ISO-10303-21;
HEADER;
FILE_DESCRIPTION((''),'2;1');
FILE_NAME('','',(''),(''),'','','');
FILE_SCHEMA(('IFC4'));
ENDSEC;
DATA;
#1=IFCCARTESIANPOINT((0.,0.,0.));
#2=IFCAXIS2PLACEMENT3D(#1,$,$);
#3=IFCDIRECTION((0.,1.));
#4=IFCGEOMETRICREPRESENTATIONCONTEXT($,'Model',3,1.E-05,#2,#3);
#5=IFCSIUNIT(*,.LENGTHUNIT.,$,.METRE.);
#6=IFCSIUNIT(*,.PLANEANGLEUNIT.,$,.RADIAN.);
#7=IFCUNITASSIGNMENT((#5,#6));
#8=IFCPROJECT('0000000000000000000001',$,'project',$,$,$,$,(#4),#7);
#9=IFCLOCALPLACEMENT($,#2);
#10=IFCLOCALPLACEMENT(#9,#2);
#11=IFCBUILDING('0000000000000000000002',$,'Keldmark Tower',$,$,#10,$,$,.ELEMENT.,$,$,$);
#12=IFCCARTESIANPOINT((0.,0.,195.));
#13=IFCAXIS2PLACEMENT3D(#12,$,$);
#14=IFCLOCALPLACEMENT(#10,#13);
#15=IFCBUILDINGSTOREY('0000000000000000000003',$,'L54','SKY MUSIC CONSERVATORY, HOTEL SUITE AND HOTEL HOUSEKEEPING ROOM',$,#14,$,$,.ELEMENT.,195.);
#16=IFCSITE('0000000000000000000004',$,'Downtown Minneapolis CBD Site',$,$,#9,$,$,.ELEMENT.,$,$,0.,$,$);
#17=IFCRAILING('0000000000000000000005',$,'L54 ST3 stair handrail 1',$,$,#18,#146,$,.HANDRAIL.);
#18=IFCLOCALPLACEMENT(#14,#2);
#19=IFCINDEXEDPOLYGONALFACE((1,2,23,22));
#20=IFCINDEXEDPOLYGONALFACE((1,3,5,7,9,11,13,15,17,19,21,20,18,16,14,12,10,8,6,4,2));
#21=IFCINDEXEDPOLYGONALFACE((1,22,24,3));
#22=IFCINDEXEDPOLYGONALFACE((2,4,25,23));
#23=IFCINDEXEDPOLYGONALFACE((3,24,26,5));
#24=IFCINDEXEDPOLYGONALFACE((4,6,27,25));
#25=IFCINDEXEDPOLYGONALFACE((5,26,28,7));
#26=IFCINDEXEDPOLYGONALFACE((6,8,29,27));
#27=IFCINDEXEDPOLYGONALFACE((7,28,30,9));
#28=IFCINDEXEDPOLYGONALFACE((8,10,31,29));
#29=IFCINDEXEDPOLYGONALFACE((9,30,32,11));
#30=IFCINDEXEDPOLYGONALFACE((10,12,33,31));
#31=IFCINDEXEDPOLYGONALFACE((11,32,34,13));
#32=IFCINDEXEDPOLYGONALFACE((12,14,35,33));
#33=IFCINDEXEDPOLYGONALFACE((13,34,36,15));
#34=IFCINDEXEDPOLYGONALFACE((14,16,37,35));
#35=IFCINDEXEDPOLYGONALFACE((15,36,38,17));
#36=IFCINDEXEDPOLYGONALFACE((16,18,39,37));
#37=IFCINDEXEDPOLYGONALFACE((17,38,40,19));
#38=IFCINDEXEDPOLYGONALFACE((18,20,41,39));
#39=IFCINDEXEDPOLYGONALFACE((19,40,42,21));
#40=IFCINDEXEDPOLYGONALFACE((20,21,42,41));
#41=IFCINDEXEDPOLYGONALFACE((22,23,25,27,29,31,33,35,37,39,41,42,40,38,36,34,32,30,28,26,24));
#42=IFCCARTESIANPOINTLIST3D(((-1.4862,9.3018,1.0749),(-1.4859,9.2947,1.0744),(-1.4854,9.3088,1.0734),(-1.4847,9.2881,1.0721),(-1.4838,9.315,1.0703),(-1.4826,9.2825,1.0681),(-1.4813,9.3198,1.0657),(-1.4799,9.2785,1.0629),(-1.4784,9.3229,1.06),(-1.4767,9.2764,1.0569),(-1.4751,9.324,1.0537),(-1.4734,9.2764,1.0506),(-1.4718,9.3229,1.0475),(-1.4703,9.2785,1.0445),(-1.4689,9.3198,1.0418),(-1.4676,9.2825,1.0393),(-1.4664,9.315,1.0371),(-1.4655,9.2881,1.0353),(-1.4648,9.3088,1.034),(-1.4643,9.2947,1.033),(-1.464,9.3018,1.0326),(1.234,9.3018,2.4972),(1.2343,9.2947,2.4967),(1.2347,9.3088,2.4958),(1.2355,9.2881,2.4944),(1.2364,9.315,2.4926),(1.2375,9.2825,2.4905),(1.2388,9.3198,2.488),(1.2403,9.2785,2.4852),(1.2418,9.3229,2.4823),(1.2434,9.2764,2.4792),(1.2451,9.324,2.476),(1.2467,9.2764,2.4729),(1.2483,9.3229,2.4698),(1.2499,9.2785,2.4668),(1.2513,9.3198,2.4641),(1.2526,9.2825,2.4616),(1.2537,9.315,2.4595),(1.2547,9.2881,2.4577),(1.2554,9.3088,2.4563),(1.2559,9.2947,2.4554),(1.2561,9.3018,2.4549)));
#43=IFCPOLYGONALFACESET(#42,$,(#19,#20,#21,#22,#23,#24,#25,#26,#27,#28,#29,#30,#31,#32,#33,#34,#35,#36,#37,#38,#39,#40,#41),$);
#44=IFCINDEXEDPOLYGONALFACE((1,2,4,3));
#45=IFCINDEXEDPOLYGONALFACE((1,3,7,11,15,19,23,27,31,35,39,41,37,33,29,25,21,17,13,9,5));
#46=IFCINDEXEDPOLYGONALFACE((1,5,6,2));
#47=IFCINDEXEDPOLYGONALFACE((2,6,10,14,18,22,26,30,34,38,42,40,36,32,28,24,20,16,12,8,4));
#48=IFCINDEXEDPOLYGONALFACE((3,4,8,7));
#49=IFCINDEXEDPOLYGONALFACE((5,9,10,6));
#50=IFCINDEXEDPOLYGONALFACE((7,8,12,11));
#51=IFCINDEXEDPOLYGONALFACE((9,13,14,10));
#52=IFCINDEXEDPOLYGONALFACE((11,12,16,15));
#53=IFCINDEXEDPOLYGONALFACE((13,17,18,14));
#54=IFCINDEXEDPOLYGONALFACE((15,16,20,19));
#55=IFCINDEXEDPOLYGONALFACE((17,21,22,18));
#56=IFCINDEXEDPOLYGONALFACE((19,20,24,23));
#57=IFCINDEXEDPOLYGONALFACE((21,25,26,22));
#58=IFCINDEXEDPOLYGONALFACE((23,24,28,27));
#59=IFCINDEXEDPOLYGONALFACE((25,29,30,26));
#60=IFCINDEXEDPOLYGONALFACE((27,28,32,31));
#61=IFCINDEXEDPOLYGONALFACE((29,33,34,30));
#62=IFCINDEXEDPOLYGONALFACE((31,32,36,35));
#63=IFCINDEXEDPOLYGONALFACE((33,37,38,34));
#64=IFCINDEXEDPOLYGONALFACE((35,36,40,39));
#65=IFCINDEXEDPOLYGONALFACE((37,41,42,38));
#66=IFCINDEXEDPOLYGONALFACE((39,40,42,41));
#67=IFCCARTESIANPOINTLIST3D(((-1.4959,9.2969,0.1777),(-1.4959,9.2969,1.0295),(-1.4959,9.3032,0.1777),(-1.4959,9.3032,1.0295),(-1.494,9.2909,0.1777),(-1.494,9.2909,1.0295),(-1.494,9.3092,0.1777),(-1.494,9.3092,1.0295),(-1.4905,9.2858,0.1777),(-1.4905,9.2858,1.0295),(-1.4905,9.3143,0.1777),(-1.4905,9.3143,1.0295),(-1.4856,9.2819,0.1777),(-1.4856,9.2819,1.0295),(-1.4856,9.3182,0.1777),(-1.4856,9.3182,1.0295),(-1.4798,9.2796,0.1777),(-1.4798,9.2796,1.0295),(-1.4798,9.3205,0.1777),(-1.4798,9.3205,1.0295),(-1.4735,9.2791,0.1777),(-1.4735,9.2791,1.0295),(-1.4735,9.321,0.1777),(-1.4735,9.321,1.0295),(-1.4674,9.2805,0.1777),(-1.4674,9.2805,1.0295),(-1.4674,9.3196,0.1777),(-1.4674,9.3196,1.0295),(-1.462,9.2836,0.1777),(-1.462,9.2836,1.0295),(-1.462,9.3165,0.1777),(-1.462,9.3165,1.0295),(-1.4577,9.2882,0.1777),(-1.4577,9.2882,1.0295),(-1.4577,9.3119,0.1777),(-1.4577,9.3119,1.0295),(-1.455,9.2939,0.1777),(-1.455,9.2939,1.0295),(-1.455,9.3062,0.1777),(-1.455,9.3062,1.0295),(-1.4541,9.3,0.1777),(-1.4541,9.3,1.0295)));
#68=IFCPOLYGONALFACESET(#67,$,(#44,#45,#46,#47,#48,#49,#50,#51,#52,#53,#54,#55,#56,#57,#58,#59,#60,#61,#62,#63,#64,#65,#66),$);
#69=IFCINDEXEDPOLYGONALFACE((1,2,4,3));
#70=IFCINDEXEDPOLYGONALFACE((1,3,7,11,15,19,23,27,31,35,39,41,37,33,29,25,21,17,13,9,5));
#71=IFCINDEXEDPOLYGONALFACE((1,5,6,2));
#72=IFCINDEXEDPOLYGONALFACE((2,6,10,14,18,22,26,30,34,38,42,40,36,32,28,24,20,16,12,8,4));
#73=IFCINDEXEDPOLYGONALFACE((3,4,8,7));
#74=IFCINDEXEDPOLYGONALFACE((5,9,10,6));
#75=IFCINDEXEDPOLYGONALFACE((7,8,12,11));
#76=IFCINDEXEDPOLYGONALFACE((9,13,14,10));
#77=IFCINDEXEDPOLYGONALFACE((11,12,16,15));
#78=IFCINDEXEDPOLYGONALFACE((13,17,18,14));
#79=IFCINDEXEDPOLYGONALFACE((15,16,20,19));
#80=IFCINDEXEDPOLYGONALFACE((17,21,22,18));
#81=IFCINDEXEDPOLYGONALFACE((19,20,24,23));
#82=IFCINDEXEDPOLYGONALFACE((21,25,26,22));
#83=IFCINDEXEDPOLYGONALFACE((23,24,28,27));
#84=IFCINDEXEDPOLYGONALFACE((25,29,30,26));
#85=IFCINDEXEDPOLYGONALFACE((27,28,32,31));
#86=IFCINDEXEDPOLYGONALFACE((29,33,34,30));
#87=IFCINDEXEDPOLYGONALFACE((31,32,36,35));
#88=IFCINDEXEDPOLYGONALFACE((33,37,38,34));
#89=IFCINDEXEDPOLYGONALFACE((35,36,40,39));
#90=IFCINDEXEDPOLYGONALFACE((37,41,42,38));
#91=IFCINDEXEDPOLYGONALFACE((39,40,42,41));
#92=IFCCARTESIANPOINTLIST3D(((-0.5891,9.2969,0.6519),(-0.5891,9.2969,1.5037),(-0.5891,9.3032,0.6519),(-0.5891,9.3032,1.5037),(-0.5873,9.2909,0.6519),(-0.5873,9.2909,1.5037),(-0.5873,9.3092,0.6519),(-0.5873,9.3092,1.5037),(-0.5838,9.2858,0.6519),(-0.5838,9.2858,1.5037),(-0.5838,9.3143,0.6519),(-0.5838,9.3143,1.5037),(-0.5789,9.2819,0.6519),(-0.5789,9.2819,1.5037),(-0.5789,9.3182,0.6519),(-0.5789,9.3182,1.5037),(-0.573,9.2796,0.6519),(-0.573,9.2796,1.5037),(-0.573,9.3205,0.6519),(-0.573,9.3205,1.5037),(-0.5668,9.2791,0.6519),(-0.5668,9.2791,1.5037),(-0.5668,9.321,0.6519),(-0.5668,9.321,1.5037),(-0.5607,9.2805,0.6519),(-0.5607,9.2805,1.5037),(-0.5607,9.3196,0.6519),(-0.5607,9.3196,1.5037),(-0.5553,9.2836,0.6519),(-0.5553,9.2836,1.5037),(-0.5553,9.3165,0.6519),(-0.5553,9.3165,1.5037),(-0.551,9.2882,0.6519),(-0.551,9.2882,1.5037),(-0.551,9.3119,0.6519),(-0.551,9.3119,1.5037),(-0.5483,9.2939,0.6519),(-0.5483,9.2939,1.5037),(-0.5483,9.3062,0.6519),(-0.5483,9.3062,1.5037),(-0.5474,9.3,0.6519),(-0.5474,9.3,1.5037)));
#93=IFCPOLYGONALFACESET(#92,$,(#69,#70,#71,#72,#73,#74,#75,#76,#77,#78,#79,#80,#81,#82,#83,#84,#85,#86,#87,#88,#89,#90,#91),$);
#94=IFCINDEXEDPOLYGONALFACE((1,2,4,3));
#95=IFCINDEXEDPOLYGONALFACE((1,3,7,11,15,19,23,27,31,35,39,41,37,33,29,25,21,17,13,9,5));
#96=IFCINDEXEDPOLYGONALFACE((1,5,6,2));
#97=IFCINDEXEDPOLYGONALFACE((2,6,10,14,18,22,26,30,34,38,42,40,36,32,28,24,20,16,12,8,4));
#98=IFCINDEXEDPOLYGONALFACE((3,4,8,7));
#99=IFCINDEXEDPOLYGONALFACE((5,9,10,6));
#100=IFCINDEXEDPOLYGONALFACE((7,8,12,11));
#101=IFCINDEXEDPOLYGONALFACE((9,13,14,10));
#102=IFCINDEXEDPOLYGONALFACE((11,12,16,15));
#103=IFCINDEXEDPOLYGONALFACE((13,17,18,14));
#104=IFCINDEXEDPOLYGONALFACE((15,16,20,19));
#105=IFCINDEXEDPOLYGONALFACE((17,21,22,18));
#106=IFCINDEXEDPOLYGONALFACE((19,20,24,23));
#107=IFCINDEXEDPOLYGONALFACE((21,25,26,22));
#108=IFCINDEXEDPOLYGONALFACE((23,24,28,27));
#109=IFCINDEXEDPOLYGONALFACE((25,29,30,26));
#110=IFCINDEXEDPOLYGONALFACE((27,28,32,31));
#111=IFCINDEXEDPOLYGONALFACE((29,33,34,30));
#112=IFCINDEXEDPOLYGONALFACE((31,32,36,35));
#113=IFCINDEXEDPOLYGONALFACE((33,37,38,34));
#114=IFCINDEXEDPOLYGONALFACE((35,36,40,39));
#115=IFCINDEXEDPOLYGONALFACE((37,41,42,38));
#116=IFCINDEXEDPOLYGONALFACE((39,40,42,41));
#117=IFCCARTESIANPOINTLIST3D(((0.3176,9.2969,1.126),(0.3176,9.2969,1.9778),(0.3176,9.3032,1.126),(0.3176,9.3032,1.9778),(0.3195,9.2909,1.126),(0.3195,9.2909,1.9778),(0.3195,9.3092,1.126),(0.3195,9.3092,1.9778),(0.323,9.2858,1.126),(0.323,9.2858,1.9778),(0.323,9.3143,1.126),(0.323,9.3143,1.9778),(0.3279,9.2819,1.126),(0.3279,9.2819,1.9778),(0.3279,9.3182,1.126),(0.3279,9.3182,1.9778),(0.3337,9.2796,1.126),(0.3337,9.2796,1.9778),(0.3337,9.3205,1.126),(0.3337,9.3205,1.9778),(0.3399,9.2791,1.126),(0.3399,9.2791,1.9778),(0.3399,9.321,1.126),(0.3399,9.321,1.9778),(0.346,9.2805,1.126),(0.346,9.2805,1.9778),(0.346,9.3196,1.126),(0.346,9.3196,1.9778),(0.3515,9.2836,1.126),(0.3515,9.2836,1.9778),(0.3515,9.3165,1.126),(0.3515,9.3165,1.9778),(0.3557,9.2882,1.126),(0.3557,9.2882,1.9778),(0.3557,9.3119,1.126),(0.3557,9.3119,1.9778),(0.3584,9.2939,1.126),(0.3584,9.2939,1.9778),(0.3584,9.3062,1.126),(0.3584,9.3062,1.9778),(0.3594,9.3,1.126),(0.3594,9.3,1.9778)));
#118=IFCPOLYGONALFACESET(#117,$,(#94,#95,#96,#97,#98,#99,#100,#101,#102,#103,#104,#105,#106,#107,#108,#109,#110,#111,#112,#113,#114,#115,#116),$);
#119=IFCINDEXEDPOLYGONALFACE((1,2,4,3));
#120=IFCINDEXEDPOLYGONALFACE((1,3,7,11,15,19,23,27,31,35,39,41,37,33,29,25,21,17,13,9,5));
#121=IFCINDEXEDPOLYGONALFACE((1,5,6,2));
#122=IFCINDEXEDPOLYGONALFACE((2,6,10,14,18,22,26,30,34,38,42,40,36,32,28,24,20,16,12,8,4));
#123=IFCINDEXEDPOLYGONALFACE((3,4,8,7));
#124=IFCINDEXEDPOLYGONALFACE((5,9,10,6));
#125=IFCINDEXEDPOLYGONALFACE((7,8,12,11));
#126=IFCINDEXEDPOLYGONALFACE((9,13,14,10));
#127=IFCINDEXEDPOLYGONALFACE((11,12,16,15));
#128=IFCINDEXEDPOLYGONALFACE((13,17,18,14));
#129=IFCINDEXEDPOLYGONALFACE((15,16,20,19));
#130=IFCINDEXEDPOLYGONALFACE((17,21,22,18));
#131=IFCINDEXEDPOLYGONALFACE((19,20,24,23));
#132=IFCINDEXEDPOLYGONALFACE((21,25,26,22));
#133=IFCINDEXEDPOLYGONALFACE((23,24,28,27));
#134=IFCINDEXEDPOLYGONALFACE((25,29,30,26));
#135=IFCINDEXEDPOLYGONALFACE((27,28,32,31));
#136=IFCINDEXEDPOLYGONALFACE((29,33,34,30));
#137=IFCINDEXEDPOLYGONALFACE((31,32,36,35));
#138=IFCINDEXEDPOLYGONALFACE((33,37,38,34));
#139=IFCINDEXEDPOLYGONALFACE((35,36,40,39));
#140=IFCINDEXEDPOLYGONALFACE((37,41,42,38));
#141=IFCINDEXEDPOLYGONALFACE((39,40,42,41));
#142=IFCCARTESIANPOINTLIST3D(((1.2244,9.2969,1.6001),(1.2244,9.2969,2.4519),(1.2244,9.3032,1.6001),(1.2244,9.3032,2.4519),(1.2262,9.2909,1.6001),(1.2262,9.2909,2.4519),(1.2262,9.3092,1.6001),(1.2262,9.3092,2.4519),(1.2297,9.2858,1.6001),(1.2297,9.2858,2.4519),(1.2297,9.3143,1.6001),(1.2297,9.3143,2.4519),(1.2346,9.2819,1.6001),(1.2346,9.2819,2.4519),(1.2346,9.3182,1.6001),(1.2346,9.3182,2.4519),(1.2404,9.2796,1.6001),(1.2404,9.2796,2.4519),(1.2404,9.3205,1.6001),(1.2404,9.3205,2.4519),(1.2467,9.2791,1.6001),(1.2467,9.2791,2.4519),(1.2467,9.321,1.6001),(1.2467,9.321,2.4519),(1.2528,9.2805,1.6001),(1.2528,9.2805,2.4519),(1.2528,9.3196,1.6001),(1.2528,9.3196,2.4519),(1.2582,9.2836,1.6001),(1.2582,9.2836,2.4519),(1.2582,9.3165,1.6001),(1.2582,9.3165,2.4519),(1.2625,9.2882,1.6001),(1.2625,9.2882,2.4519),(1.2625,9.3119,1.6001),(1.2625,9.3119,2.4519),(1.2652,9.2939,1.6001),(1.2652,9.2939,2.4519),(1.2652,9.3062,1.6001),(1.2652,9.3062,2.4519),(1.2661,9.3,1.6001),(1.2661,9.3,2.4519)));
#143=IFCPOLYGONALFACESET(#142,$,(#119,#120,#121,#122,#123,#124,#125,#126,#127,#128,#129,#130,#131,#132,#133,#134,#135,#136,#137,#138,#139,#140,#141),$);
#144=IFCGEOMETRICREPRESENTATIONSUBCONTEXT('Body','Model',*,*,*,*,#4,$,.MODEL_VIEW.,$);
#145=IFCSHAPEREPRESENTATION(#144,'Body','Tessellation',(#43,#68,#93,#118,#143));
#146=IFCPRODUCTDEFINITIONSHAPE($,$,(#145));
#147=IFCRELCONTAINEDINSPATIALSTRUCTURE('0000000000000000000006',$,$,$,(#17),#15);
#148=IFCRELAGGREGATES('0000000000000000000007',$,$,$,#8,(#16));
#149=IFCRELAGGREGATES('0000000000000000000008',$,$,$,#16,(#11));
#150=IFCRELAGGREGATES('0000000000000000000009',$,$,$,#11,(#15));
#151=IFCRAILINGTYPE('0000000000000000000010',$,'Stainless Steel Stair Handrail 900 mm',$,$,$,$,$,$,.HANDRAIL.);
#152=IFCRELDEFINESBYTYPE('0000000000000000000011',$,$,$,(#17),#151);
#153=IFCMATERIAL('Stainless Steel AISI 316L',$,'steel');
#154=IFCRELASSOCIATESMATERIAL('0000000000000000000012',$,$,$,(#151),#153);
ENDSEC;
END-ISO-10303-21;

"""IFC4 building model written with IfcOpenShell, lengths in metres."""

from ifc_helpers import new_model, si_unit, direction, frame, origin, origin_2d, place, context, subcontext, project, spatial, circle, extrude, material, type_object, element, save


model = new_model("IFC4")

# Units and contexts
model_context = context("Model", 3, precision=1e-05, world=origin(), true_north=direction((0.0, 1.0)))
body_context = subcontext(model_context, "Body", "Model", "MODEL_VIEW")
ifc_project = project(units=[si_unit("LENGTHUNIT", "METRE"), si_unit("PLANEANGLEUNIT", "RADIAN")], contexts=[model_context])

# Site, building, storey
site_placement = place(None, origin())
site = spatial("IfcSite", under=ifc_project, at=site_placement, Name="Downtown Minneapolis CBD Site", CompositionType="ELEMENT", RefElevation=0.0)
building_placement = place(site_placement, origin())
building = spatial("IfcBuilding", under=site, at=building_placement, Name="Keldmark Tower", CompositionType="ELEMENT")
storey_placement = place(building_placement, frame((0.0, 0.0, 195.0)))
storey = spatial("IfcBuildingStorey", under=building, at=storey_placement, Name="L54", Description="SKY MUSIC CONSERVATORY, HOTEL SUITE AND HOTEL HOUSEKEEPING ROOM", CompositionType="ELEMENT", Elevation=195.0)

# Railing
ifc_material_1 = material(Name="Stainless Steel AISI 316L", Category="steel")
railing_type_1 = type_object("IfcRailingType", Name="Stainless Steel Stair Handrail 900 mm", PredefinedType="HANDRAIL", material=ifc_material_1)
railing_1_placement = place(storey_placement, frame((-1.4751, 9.3, 0.1777)))
element("IfcRailing", 1, at=railing_1_placement, inside=storey, type_object=railing_type_1, Name="L54 ST3 stair handrail 1", PredefinedType="HANDRAIL", context=body_context, shape_type="SweptSolid", body=[
    extrude(circle(Radius=0.0239, at=origin_2d()), frame((0.0, 0.0, 0.876), z_axis=(0.886168, 0.0, 0.463365), x_axis=(0.0, 1.0, 0.0)), (0.0, 0.0, 1.0), 3.0696),
    extrude(circle(Radius=0.021, at=origin_2d()), origin(), (0.0, 0.0, 1.0), 0.8518),
    extrude(circle(Radius=0.021, at=origin_2d()), frame((0.9067, 0.0, 0.4741)), (0.0, 0.0, 1.0), 0.8518),
    extrude(circle(Radius=0.021, at=origin_2d()), frame((1.8135, 0.0, 0.9482)), (0.0, 0.0, 1.0), 0.8518),
    extrude(circle(Radius=0.021, at=origin_2d()), frame((2.7202, 0.0, 1.4224)), (0.0, 0.0, 1.0), 0.8518),
])

save(model, "model.ifc")
